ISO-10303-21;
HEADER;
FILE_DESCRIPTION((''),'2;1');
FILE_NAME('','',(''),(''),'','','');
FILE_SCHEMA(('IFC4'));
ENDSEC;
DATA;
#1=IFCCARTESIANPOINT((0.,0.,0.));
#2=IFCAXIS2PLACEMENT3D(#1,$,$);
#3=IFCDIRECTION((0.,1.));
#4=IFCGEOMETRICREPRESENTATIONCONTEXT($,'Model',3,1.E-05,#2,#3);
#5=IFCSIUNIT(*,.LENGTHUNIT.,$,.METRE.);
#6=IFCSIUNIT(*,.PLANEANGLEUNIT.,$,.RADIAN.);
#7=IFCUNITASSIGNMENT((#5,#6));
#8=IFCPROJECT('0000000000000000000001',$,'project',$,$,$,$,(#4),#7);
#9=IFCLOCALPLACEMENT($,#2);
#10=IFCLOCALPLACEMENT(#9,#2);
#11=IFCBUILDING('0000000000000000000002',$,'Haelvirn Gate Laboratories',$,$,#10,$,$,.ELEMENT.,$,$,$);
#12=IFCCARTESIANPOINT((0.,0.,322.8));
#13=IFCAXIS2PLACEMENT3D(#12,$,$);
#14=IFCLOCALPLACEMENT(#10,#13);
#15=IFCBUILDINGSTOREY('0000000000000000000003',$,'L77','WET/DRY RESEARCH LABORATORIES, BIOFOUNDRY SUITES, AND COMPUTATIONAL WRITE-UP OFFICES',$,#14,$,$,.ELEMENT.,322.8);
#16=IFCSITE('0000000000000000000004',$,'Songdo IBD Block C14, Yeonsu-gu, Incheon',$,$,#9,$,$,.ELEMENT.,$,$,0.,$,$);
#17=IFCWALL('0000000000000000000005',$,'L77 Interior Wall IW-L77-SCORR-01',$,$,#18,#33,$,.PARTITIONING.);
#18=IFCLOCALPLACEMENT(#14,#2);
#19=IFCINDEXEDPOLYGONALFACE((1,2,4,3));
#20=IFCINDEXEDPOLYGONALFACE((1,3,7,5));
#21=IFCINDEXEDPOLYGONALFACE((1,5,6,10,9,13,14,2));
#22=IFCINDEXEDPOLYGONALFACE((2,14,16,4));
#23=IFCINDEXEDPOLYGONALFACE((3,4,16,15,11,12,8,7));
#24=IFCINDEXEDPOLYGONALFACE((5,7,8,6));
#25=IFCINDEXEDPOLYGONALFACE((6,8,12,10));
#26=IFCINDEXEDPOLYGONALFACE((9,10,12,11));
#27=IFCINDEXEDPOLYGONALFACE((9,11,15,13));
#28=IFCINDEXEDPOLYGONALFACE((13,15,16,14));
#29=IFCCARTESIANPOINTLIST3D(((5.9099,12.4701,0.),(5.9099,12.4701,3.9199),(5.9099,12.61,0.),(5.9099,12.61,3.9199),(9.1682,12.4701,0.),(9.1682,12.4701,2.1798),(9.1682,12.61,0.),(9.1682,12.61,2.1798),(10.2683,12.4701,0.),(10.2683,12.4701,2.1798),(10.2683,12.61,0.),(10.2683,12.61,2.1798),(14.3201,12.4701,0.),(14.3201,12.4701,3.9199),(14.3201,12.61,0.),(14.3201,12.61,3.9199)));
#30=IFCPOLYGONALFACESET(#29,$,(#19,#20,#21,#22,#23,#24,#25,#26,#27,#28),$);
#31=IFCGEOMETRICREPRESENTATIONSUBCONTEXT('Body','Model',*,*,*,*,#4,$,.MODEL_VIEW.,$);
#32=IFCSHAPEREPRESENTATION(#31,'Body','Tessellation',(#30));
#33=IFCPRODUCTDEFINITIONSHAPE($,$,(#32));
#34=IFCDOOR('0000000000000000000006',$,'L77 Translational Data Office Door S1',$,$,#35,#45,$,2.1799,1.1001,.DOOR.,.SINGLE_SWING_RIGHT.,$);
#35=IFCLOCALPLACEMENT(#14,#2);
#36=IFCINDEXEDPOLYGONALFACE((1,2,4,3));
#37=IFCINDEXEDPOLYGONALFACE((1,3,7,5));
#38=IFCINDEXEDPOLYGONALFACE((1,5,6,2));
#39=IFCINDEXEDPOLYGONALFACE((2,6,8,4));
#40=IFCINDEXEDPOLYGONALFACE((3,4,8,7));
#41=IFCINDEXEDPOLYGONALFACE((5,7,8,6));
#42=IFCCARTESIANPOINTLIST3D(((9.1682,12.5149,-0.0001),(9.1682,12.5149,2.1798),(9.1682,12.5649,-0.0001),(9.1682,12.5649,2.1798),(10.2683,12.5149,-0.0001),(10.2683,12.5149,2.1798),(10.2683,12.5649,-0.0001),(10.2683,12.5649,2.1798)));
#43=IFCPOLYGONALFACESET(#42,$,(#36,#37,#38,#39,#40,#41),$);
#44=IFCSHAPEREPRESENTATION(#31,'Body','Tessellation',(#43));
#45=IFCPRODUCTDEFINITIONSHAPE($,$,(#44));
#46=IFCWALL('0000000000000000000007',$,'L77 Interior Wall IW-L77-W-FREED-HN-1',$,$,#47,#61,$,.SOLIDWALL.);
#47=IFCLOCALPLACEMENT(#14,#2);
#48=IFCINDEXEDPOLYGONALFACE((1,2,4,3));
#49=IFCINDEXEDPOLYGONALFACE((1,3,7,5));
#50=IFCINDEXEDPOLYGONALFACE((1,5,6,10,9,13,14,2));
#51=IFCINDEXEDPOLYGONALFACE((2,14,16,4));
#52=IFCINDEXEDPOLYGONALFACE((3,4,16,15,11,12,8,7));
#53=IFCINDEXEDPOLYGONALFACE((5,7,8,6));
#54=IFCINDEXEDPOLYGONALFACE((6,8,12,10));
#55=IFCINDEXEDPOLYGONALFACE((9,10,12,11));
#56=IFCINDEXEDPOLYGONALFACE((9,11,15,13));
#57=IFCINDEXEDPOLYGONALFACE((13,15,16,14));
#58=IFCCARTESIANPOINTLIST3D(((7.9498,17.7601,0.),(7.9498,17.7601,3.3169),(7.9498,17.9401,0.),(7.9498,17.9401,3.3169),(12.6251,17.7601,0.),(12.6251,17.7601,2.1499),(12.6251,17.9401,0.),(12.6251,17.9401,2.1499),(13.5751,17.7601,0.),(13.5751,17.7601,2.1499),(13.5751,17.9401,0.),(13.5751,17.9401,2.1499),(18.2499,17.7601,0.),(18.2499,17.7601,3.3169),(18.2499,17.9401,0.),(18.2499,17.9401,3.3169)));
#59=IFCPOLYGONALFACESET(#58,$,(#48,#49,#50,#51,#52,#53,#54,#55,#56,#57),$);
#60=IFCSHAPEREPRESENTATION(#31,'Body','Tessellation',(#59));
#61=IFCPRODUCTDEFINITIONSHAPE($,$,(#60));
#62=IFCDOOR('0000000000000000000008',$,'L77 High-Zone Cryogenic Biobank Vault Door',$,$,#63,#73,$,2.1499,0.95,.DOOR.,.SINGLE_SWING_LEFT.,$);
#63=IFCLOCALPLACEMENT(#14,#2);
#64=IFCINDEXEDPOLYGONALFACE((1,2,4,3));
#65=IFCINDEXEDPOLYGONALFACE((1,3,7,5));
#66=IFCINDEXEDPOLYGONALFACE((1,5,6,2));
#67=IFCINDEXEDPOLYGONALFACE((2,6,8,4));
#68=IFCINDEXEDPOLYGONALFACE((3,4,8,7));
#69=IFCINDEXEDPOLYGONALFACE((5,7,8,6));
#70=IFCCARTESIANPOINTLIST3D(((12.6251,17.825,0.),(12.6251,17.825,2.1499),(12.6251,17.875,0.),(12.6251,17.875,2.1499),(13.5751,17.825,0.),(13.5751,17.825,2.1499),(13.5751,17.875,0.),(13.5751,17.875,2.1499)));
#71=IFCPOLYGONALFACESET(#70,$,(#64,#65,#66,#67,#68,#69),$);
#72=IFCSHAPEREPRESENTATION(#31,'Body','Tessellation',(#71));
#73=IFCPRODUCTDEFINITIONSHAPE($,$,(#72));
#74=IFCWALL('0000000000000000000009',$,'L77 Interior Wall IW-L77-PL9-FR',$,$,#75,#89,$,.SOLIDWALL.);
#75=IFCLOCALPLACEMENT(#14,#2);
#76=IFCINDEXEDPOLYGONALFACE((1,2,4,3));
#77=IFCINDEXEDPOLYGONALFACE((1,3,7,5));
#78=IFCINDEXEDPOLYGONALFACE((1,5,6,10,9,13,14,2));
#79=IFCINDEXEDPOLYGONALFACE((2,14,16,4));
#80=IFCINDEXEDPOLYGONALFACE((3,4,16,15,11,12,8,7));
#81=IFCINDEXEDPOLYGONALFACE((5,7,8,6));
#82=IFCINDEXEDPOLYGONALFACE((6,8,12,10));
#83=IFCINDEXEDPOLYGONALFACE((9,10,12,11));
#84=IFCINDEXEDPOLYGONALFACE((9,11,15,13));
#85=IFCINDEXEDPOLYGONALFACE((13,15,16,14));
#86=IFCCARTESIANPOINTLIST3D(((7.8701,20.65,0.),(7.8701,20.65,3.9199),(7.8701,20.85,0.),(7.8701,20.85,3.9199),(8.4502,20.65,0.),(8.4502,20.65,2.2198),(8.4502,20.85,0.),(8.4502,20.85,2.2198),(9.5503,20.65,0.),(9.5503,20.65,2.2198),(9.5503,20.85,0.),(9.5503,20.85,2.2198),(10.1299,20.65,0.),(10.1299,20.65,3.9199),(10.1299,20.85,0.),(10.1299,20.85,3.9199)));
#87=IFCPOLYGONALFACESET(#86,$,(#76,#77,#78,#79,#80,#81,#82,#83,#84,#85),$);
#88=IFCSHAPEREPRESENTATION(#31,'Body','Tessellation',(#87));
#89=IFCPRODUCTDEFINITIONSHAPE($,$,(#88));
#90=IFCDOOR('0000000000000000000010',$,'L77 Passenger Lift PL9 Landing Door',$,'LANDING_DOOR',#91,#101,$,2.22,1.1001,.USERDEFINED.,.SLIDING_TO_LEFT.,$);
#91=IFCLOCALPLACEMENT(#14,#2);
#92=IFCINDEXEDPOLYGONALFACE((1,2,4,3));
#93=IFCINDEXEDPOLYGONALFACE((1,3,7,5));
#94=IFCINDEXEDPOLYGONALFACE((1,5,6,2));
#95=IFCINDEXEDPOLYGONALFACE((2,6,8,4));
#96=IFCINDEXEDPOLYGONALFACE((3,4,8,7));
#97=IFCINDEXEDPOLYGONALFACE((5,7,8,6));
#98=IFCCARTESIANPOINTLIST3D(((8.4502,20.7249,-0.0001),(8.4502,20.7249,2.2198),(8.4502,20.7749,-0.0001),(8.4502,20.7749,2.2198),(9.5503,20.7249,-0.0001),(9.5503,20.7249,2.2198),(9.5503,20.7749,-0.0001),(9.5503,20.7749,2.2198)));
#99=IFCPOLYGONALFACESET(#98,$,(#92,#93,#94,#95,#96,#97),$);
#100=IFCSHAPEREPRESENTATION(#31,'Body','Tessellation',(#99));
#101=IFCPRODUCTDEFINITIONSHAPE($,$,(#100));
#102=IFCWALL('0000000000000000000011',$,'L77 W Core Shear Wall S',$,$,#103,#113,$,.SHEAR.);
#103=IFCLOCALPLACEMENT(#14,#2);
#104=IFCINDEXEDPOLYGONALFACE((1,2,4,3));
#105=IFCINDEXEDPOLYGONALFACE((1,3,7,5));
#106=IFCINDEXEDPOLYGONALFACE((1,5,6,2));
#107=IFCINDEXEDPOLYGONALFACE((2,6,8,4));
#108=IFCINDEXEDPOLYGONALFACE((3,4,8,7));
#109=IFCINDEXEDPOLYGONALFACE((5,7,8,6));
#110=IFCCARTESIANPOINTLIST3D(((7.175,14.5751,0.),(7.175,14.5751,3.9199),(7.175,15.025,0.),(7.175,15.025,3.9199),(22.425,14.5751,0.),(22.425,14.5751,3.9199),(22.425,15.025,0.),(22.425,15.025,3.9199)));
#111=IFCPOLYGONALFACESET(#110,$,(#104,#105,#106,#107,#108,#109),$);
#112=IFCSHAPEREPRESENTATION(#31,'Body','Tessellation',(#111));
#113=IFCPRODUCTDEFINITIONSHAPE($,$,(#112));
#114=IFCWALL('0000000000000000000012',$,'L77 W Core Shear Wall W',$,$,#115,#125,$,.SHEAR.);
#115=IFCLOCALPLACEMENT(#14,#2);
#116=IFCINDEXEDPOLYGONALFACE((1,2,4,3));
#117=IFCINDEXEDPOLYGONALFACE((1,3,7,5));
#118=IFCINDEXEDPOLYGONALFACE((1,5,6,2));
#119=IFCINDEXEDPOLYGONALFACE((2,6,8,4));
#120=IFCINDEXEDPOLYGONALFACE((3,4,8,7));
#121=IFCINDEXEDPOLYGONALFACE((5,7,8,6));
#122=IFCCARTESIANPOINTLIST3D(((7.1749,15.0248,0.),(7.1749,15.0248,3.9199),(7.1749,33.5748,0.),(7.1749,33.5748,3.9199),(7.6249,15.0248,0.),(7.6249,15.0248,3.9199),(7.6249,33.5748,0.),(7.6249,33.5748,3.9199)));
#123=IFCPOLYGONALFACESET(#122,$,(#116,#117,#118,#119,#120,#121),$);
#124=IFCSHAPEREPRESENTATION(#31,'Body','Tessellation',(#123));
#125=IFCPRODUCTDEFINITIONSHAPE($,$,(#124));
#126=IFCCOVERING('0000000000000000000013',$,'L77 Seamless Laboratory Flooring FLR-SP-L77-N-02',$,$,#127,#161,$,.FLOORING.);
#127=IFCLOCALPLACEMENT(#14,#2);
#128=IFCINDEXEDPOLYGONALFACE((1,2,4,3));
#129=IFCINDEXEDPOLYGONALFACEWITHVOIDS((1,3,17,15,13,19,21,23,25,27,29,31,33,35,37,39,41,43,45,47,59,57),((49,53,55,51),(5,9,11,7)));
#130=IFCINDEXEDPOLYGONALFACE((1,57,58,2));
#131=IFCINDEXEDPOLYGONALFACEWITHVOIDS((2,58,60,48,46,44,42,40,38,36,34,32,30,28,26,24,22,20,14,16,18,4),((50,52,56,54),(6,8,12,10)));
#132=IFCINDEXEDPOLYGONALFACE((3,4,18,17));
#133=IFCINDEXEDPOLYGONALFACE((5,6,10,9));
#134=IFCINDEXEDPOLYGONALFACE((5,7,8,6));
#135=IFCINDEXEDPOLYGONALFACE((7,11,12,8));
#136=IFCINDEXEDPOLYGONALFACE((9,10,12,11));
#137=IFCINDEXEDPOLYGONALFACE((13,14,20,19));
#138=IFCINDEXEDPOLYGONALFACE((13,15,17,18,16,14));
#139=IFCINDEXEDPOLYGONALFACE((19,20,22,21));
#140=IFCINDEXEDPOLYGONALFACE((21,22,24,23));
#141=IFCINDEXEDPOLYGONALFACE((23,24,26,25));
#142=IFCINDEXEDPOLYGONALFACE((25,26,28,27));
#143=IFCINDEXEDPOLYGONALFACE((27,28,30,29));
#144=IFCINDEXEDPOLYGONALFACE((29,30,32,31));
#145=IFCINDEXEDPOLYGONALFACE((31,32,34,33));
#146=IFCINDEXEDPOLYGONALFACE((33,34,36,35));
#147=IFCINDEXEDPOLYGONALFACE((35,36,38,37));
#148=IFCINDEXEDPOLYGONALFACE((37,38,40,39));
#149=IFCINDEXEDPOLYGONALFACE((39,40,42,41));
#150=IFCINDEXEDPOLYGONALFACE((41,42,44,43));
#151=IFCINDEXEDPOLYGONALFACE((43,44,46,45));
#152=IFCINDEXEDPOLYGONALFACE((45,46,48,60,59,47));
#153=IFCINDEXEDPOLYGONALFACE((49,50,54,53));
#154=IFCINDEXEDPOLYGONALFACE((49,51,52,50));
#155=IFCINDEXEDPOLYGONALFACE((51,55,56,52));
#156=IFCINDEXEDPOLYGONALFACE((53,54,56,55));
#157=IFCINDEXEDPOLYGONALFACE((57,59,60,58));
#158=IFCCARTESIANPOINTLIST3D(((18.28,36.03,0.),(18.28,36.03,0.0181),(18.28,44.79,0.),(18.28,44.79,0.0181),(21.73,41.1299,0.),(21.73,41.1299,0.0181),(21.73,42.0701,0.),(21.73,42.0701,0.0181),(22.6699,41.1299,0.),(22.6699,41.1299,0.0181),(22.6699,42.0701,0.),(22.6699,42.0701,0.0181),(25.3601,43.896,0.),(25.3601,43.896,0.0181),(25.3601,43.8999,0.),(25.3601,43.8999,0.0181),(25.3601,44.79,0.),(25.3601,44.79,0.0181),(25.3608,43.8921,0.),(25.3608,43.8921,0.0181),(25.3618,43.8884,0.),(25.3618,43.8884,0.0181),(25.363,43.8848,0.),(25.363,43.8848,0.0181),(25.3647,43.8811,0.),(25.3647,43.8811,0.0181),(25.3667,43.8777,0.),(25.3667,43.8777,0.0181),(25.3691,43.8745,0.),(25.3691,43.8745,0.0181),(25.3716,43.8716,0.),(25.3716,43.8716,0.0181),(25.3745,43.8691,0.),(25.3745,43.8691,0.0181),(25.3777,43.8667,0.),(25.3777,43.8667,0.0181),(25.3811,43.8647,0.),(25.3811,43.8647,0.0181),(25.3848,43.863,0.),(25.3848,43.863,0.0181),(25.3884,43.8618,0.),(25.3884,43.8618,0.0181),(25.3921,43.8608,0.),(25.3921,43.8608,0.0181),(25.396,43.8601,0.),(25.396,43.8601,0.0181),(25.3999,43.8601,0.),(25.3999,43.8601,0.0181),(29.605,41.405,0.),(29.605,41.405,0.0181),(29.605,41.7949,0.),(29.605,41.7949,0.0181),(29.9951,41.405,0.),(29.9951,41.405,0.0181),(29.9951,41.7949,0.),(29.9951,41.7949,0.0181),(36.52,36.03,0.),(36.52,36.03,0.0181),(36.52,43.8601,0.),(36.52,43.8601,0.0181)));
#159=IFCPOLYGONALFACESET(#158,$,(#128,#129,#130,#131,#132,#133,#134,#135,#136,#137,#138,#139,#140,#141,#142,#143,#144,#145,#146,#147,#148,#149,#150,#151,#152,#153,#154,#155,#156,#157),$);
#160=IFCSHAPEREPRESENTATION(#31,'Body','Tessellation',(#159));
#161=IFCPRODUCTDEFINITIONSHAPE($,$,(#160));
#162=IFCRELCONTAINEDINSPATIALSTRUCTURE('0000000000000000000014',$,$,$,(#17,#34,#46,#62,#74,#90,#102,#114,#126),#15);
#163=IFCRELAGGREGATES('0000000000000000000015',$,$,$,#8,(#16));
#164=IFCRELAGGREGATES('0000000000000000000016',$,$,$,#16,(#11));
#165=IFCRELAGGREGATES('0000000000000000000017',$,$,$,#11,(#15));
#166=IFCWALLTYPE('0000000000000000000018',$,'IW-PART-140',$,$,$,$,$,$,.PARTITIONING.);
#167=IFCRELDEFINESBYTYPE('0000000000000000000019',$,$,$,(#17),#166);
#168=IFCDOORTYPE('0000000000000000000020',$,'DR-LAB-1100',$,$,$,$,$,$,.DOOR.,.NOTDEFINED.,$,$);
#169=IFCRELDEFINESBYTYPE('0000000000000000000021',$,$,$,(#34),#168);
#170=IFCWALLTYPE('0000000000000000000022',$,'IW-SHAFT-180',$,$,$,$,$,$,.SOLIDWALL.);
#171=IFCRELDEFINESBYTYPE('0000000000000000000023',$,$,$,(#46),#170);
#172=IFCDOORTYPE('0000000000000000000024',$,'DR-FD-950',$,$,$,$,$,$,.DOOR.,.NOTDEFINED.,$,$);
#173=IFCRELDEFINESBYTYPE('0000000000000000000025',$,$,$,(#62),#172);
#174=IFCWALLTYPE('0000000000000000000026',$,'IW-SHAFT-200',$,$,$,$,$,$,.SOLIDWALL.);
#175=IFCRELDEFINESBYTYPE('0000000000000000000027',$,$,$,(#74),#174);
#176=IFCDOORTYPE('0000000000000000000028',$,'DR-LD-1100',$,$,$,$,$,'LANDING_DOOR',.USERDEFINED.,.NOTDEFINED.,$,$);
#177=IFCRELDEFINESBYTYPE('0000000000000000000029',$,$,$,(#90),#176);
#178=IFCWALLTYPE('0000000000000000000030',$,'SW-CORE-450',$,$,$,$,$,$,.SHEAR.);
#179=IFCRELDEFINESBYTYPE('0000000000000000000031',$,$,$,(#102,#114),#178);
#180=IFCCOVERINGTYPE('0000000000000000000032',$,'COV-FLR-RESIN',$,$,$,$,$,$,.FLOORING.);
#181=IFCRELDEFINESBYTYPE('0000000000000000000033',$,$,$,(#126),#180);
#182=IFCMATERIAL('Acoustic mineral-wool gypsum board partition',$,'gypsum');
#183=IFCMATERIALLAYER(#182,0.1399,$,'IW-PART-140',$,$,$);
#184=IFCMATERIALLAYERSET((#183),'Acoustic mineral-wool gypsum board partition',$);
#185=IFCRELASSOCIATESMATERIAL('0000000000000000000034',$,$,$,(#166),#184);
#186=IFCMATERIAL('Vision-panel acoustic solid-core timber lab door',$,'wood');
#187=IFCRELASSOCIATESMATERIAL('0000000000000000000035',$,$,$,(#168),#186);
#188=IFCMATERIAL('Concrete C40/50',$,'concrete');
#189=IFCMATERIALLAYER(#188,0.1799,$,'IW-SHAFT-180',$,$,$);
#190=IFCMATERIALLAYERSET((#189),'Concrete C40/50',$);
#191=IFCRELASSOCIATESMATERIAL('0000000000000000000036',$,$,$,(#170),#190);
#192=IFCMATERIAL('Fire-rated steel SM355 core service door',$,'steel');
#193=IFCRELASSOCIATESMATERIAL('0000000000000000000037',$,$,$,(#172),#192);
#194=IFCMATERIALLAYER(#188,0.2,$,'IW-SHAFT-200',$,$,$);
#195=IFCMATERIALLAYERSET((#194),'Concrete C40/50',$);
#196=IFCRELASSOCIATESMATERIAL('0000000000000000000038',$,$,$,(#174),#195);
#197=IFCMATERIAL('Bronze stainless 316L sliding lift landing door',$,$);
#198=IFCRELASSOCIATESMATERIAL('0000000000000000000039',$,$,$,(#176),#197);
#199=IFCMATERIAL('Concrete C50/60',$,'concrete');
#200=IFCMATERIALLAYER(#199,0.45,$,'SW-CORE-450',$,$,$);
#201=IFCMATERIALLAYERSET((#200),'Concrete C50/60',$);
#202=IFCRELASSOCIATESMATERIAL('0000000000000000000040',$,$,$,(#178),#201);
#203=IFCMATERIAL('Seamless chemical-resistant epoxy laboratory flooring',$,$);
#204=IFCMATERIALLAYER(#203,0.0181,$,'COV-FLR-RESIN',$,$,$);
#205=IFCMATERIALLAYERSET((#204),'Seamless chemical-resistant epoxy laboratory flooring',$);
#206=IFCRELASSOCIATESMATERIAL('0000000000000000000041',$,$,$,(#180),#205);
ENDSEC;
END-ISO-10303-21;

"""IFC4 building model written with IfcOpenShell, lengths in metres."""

from ifc_helpers import new_model, si_unit, direction, frame, frame_2d, origin, place, context, subcontext, project, spatial, polyline, rectangle, outline, extrude, source, transform, mapped, material, layer, layer_set, type_object, type_shapes, element, fill, save


model = new_model("IFC4")

# Units and contexts
model_context = context("Model", 3, precision=1e-05, world=origin(), true_north=direction((0.0, 1.0)))
body_context = subcontext(model_context, "Body", "Model", "MODEL_VIEW")
ifc_project = project(units=[si_unit("LENGTHUNIT", "METRE"), si_unit("PLANEANGLEUNIT", "RADIAN")], contexts=[model_context])

# Site, building, storey
site_placement = place(None, origin())
site = spatial("IfcSite", under=ifc_project, at=site_placement, Name="Songdo IBD Block C14, Yeonsu-gu, Incheon", CompositionType="ELEMENT", RefElevation=0.0)
building_placement = place(site_placement, origin())
building = spatial("IfcBuilding", under=site, at=building_placement, Name="Haelvirn Gate Laboratories", CompositionType="ELEMENT")
storey_placement = place(building_placement, frame((0.0, 0.0, 322.8)))
storey = spatial("IfcBuildingStorey", under=building, at=storey_placement, Name="L77", Description="WET/DRY RESEARCH LABORATORIES, BIOFOUNDRY SUITES, AND COMPUTATIONAL WRITE-UP OFFICES", CompositionType="ELEMENT", Elevation=322.8)

# Shared definitions
ifc_material_1 = material(Name="Concrete C50/60", Category="concrete")

# Shared definitions
ifc_material_2 = material(Name="Concrete C40/50", Category="concrete")

# Walls, openings, doors
ifc_material_3 = material(Name="Acoustic mineral-wool gypsum board partition", Category="gypsum")
ifc_layer_1 = layer(ifc_material_3, 0.1399, Name="IW-PART-140")
ifc_layer_set_1 = layer_set([ifc_layer_1], Name="Acoustic mineral-wool gypsum board partition")
wall_type_1 = type_object("IfcWallType", Name="IW-PART-140", PredefinedType="PARTITIONING", material=ifc_layer_set_1)
wall_1_placement = place(storey_placement, frame((5.9099, 12.54, 0.0), z_axis=(0.0, 0.0, 1.0), x_axis=(1.0, 0.0, 0.0)))
wall_1 = element("IfcWall", 1, at=wall_1_placement, inside=storey, type_object=wall_type_1, Name="L77 Interior Wall IW-L77-SCORR-01", PredefinedType="PARTITIONING", context=body_context, shape_type="SweptSolid", body=[
    extrude(rectangle(XDim=8.4102, YDim=0.1399, at=frame_2d((4.2051, 0.0))), origin(), (0.0, 0.0, 1.0), 3.9199),
])
opening_1_placement = place(wall_1_placement, frame((3.2583, 0.0, 0.0)))
opening_1 = element("IfcOpeningElement", 2, at=opening_1_placement, cuts=wall_1, PredefinedType="OPENING", context=body_context, shape_type="SweptSolid", body=[
    extrude(rectangle(XDim=1.1001, YDim=2.1799, at=frame_2d((0.55, 1.0898))), frame((0.0, 0.0801, 0.0), z_axis=(0.0, -1.0, 0.0), x_axis=(1.0, 0.0, 0.0)), (0.0, 0.0, 1.0), 0.1599),
])
ifc_material_4 = material(Name="Vision-panel acoustic solid-core timber lab door", Category="wood")
door_type_1 = type_object("IfcDoorType", Name="DR-LAB-1100", OperationType="NOTDEFINED", PredefinedType="DOOR", material=ifc_material_4)
shared_shape_1 = source(origin(), body_context, "Body", "SweptSolid", [
    extrude(rectangle(XDim=1.1001, YDim=2.1799, at=frame_2d((0.55, 1.0898))), frame((0.0, 0.0249, 0.0), z_axis=(0.0, -1.0, 0.0), x_axis=(1.0, 0.0, 0.0)), (0.0, 0.0, 1.0), 0.05),
])
type_shapes(door_type_1, [shared_shape_1])
door_1_placement = place(opening_1_placement, origin())
door_1 = element("IfcDoor", 3, at=door_1_placement, inside=storey, type_object=door_type_1, Name="L77 Translational Data Office Door S1", OperationType="SINGLE_SWING_RIGHT", OverallHeight=2.1799, OverallWidth=1.1001, PredefinedType="DOOR", context=body_context, shape_type="MappedRepresentation", body=[
    mapped(shared_shape_1, transform((0.0, 0.0, 0.0), scale=1.0)),
])
fill(opening_1, door_1)
ifc_layer_2 = layer(ifc_material_2, 0.1799, Name="IW-SHAFT-180")
ifc_layer_set_2 = layer_set([ifc_layer_2], Name="Concrete C40/50")
wall_type_2 = type_object("IfcWallType", Name="IW-SHAFT-180", PredefinedType="SOLIDWALL", material=ifc_layer_set_2)
wall_2_placement = place(storey_placement, frame((7.95, 17.8501, 0.0), z_axis=(0.0, 0.0, 1.0), x_axis=(1.0, 0.0, 0.0)))
wall_2 = element("IfcWall", 4, at=wall_2_placement, inside=storey, type_object=wall_type_2, Name="L77 Interior Wall IW-L77-W-FREED-HN-1", PredefinedType="SOLIDWALL", context=body_context, shape_type="SweptSolid", body=[
    extrude(rectangle(XDim=10.3, YDim=0.1799, at=frame_2d((5.1499, 0.0))), origin(), (0.0, 0.0, 1.0), 3.3169),
])
opening_2_placement = place(wall_2_placement, frame((4.675, 0.0, 0.0)))
opening_2 = element("IfcOpeningElement", 5, at=opening_2_placement, cuts=wall_2, PredefinedType="OPENING", context=body_context, shape_type="SweptSolid", body=[
    extrude(rectangle(XDim=0.95, YDim=2.1499, at=frame_2d((0.4751, 1.075))), frame((0.0, 0.1001, 0.0), z_axis=(0.0, -1.0, 0.0), x_axis=(1.0, 0.0, 0.0)), (0.0, 0.0, 1.0), 0.2),
])
ifc_material_5 = material(Name="Fire-rated steel SM355 core service door", Category="steel")
door_type_2 = type_object("IfcDoorType", Name="DR-FD-950", OperationType="NOTDEFINED", PredefinedType="DOOR", material=ifc_material_5)
shared_shape_2 = source(origin(), body_context, "Body", "SweptSolid", [
    extrude(rectangle(XDim=0.95, YDim=2.1499, at=frame_2d((0.4751, 1.075))), frame((0.0, 0.0249, 0.0), z_axis=(0.0, -1.0, 0.0), x_axis=(1.0, 0.0, 0.0)), (0.0, 0.0, 1.0), 0.05),
])
type_shapes(door_type_2, [shared_shape_2])
door_2_placement = place(opening_2_placement, origin())
door_2 = element("IfcDoor", 6, at=door_2_placement, inside=storey, type_object=door_type_2, Name="L77 High-Zone Cryogenic Biobank Vault Door", OperationType="SINGLE_SWING_LEFT", OverallHeight=2.1499, OverallWidth=0.95, PredefinedType="DOOR", context=body_context, shape_type="MappedRepresentation", body=[
    mapped(shared_shape_2, transform((0.0, 0.0, 0.0), scale=1.0)),
])
fill(opening_2, door_2)
ifc_layer_3 = layer(ifc_material_2, 0.2, Name="IW-SHAFT-200")
ifc_layer_set_3 = layer_set([ifc_layer_3], Name="Concrete C40/50")
wall_type_3 = type_object("IfcWallType", Name="IW-SHAFT-200", PredefinedType="SOLIDWALL", material=ifc_layer_set_3)
wall_3_placement = place(storey_placement, frame((7.8701, 20.75, 0.0), z_axis=(0.0, 0.0, 1.0), x_axis=(1.0, 0.0, 0.0)))
wall_3 = element("IfcWall", 7, at=wall_3_placement, inside=storey, type_object=wall_type_3, Name="L77 Interior Wall IW-L77-PL9-FR", PredefinedType="SOLIDWALL", context=body_context, shape_type="SweptSolid", body=[
    extrude(rectangle(XDim=2.2598, YDim=0.2, at=frame_2d((1.1299, 0.0))), origin(), (0.0, 0.0, 1.0), 3.9199),
])
opening_3_placement = place(wall_3_placement, frame((0.5801, 0.0, 0.0)))
opening_3 = element("IfcOpeningElement", 8, at=opening_3_placement, cuts=wall_3, PredefinedType="OPENING", context=body_context, shape_type="SweptSolid", body=[
    extrude(rectangle(XDim=1.1001, YDim=2.22, at=frame_2d((0.55, 1.1099))), frame((0.0, 0.1099, 0.0), z_axis=(0.0, -1.0, 0.0), x_axis=(1.0, 0.0, 0.0)), (0.0, 0.0, 1.0), 0.22),
])
ifc_material_6 = material(Name="Bronze stainless 316L sliding lift landing door")
door_type_3 = type_object("IfcDoorType", Name="DR-LD-1100", ElementType="LANDING_DOOR", OperationType="NOTDEFINED", PredefinedType="USERDEFINED", material=ifc_material_6)
shared_shape_3 = source(origin(), body_context, "Body", "SweptSolid", [
    extrude(rectangle(XDim=1.1001, YDim=2.22, at=frame_2d((0.55, 1.1099))), frame((0.0, 0.0249, 0.0), z_axis=(0.0, -1.0, 0.0), x_axis=(1.0, 0.0, 0.0)), (0.0, 0.0, 1.0), 0.05),
])
type_shapes(door_type_3, [shared_shape_3])
door_3_placement = place(opening_3_placement, origin())
door_3 = element("IfcDoor", 9, at=door_3_placement, inside=storey, type_object=door_type_3, Name="L77 Passenger Lift PL9 Landing Door", ObjectType="LANDING_DOOR", OperationType="SLIDING_TO_LEFT", OverallHeight=2.22, OverallWidth=1.1001, PredefinedType="USERDEFINED", context=body_context, shape_type="MappedRepresentation", body=[
    mapped(shared_shape_3, transform((0.0, 0.0, 0.0), scale=1.0)),
])
fill(opening_3, door_3)

# Walls
ifc_layer_4 = layer(ifc_material_1, 0.45, Name="SW-CORE-450")
ifc_layer_set_4 = layer_set([ifc_layer_4], Name="Concrete C50/60")
wall_type_4 = type_object("IfcWallType", Name="SW-CORE-450", PredefinedType="SHEAR", material=ifc_layer_set_4)
wall_4_placement = place(storey_placement, frame((7.175, 14.8, 0.0), z_axis=(0.0, 0.0, 1.0), x_axis=(1.0, 0.0, 0.0)))
element("IfcWall", 10, at=wall_4_placement, inside=storey, type_object=wall_type_4, Name="L77 W Core Shear Wall S", PredefinedType="SHEAR", context=body_context, shape_type="SweptSolid", body=[
    extrude(rectangle(XDim=15.25, YDim=0.45, at=frame_2d((7.625, 0.0))), origin(), (0.0, 0.0, 1.0), 3.9199),
])
wall_5_placement = place(storey_placement, frame((7.3999, 15.0249, 0.0), z_axis=(0.0, 0.0, 1.0), x_axis=(0.0, 1.0, 0.0)))
element("IfcWall", 11, at=wall_5_placement, inside=storey, type_object=wall_type_4, Name="L77 W Core Shear Wall W", PredefinedType="SHEAR", context=body_context, shape_type="SweptSolid", body=[
    extrude(rectangle(XDim=18.55, YDim=0.45, at=frame_2d((9.2749, 0.0))), origin(), (0.0, 0.0, 1.0), 3.9199),
])

# Covering
ifc_material_7 = material(Name="Seamless chemical-resistant epoxy laboratory flooring")
ifc_layer_5 = layer(ifc_material_7, 0.0181, Name="COV-FLR-RESIN")
ifc_layer_set_5 = layer_set([ifc_layer_5], Name="Seamless chemical-resistant epoxy laboratory flooring")
covering_type = type_object("IfcCoveringType", Name="COV-FLR-RESIN", PredefinedType="FLOORING", material=ifc_layer_set_5)
covering_1_placement = place(storey_placement, origin())
element("IfcCovering", 12, at=covering_1_placement, inside=storey, type_object=covering_type, Name="L77 Seamless Laboratory Flooring FLR-SP-L77-N-02", PredefinedType="FLOORING", context=body_context, shape_type="SweptSolid", body=[
    extrude(outline(polyline([(25.3601, 44.79), (25.3601, 43.8999), (25.3601, 43.896), (25.3608, 43.8921), (25.3618, 43.8884), (25.363, 43.8848), (25.3647, 43.8811), (25.3667, 43.8777), (25.3691, 43.8745), (25.3716, 43.8716), (25.3745, 43.8691), (25.3777, 43.8667), (25.3811, 43.8647), (25.3848, 43.863), (25.3884, 43.8618), (25.3921, 43.8608), (25.396, 43.8601), (25.3999, 43.8601), (36.52, 43.8601), (36.52, 36.03), (18.28, 36.03), (18.28, 44.79), (25.3601, 44.79)]), holes=[polyline([(21.73, 41.1299), (22.6699, 41.1299), (22.6699, 42.0701), (21.73, 42.0701), (21.73, 41.1299)]), polyline([(29.605, 41.7949), (29.605, 41.405), (29.9951, 41.405), (29.9951, 41.7949), (29.605, 41.7949)])]), origin(), (0.0, 0.0, 1.0), 0.0181),
])

save(model, "model.ifc")
